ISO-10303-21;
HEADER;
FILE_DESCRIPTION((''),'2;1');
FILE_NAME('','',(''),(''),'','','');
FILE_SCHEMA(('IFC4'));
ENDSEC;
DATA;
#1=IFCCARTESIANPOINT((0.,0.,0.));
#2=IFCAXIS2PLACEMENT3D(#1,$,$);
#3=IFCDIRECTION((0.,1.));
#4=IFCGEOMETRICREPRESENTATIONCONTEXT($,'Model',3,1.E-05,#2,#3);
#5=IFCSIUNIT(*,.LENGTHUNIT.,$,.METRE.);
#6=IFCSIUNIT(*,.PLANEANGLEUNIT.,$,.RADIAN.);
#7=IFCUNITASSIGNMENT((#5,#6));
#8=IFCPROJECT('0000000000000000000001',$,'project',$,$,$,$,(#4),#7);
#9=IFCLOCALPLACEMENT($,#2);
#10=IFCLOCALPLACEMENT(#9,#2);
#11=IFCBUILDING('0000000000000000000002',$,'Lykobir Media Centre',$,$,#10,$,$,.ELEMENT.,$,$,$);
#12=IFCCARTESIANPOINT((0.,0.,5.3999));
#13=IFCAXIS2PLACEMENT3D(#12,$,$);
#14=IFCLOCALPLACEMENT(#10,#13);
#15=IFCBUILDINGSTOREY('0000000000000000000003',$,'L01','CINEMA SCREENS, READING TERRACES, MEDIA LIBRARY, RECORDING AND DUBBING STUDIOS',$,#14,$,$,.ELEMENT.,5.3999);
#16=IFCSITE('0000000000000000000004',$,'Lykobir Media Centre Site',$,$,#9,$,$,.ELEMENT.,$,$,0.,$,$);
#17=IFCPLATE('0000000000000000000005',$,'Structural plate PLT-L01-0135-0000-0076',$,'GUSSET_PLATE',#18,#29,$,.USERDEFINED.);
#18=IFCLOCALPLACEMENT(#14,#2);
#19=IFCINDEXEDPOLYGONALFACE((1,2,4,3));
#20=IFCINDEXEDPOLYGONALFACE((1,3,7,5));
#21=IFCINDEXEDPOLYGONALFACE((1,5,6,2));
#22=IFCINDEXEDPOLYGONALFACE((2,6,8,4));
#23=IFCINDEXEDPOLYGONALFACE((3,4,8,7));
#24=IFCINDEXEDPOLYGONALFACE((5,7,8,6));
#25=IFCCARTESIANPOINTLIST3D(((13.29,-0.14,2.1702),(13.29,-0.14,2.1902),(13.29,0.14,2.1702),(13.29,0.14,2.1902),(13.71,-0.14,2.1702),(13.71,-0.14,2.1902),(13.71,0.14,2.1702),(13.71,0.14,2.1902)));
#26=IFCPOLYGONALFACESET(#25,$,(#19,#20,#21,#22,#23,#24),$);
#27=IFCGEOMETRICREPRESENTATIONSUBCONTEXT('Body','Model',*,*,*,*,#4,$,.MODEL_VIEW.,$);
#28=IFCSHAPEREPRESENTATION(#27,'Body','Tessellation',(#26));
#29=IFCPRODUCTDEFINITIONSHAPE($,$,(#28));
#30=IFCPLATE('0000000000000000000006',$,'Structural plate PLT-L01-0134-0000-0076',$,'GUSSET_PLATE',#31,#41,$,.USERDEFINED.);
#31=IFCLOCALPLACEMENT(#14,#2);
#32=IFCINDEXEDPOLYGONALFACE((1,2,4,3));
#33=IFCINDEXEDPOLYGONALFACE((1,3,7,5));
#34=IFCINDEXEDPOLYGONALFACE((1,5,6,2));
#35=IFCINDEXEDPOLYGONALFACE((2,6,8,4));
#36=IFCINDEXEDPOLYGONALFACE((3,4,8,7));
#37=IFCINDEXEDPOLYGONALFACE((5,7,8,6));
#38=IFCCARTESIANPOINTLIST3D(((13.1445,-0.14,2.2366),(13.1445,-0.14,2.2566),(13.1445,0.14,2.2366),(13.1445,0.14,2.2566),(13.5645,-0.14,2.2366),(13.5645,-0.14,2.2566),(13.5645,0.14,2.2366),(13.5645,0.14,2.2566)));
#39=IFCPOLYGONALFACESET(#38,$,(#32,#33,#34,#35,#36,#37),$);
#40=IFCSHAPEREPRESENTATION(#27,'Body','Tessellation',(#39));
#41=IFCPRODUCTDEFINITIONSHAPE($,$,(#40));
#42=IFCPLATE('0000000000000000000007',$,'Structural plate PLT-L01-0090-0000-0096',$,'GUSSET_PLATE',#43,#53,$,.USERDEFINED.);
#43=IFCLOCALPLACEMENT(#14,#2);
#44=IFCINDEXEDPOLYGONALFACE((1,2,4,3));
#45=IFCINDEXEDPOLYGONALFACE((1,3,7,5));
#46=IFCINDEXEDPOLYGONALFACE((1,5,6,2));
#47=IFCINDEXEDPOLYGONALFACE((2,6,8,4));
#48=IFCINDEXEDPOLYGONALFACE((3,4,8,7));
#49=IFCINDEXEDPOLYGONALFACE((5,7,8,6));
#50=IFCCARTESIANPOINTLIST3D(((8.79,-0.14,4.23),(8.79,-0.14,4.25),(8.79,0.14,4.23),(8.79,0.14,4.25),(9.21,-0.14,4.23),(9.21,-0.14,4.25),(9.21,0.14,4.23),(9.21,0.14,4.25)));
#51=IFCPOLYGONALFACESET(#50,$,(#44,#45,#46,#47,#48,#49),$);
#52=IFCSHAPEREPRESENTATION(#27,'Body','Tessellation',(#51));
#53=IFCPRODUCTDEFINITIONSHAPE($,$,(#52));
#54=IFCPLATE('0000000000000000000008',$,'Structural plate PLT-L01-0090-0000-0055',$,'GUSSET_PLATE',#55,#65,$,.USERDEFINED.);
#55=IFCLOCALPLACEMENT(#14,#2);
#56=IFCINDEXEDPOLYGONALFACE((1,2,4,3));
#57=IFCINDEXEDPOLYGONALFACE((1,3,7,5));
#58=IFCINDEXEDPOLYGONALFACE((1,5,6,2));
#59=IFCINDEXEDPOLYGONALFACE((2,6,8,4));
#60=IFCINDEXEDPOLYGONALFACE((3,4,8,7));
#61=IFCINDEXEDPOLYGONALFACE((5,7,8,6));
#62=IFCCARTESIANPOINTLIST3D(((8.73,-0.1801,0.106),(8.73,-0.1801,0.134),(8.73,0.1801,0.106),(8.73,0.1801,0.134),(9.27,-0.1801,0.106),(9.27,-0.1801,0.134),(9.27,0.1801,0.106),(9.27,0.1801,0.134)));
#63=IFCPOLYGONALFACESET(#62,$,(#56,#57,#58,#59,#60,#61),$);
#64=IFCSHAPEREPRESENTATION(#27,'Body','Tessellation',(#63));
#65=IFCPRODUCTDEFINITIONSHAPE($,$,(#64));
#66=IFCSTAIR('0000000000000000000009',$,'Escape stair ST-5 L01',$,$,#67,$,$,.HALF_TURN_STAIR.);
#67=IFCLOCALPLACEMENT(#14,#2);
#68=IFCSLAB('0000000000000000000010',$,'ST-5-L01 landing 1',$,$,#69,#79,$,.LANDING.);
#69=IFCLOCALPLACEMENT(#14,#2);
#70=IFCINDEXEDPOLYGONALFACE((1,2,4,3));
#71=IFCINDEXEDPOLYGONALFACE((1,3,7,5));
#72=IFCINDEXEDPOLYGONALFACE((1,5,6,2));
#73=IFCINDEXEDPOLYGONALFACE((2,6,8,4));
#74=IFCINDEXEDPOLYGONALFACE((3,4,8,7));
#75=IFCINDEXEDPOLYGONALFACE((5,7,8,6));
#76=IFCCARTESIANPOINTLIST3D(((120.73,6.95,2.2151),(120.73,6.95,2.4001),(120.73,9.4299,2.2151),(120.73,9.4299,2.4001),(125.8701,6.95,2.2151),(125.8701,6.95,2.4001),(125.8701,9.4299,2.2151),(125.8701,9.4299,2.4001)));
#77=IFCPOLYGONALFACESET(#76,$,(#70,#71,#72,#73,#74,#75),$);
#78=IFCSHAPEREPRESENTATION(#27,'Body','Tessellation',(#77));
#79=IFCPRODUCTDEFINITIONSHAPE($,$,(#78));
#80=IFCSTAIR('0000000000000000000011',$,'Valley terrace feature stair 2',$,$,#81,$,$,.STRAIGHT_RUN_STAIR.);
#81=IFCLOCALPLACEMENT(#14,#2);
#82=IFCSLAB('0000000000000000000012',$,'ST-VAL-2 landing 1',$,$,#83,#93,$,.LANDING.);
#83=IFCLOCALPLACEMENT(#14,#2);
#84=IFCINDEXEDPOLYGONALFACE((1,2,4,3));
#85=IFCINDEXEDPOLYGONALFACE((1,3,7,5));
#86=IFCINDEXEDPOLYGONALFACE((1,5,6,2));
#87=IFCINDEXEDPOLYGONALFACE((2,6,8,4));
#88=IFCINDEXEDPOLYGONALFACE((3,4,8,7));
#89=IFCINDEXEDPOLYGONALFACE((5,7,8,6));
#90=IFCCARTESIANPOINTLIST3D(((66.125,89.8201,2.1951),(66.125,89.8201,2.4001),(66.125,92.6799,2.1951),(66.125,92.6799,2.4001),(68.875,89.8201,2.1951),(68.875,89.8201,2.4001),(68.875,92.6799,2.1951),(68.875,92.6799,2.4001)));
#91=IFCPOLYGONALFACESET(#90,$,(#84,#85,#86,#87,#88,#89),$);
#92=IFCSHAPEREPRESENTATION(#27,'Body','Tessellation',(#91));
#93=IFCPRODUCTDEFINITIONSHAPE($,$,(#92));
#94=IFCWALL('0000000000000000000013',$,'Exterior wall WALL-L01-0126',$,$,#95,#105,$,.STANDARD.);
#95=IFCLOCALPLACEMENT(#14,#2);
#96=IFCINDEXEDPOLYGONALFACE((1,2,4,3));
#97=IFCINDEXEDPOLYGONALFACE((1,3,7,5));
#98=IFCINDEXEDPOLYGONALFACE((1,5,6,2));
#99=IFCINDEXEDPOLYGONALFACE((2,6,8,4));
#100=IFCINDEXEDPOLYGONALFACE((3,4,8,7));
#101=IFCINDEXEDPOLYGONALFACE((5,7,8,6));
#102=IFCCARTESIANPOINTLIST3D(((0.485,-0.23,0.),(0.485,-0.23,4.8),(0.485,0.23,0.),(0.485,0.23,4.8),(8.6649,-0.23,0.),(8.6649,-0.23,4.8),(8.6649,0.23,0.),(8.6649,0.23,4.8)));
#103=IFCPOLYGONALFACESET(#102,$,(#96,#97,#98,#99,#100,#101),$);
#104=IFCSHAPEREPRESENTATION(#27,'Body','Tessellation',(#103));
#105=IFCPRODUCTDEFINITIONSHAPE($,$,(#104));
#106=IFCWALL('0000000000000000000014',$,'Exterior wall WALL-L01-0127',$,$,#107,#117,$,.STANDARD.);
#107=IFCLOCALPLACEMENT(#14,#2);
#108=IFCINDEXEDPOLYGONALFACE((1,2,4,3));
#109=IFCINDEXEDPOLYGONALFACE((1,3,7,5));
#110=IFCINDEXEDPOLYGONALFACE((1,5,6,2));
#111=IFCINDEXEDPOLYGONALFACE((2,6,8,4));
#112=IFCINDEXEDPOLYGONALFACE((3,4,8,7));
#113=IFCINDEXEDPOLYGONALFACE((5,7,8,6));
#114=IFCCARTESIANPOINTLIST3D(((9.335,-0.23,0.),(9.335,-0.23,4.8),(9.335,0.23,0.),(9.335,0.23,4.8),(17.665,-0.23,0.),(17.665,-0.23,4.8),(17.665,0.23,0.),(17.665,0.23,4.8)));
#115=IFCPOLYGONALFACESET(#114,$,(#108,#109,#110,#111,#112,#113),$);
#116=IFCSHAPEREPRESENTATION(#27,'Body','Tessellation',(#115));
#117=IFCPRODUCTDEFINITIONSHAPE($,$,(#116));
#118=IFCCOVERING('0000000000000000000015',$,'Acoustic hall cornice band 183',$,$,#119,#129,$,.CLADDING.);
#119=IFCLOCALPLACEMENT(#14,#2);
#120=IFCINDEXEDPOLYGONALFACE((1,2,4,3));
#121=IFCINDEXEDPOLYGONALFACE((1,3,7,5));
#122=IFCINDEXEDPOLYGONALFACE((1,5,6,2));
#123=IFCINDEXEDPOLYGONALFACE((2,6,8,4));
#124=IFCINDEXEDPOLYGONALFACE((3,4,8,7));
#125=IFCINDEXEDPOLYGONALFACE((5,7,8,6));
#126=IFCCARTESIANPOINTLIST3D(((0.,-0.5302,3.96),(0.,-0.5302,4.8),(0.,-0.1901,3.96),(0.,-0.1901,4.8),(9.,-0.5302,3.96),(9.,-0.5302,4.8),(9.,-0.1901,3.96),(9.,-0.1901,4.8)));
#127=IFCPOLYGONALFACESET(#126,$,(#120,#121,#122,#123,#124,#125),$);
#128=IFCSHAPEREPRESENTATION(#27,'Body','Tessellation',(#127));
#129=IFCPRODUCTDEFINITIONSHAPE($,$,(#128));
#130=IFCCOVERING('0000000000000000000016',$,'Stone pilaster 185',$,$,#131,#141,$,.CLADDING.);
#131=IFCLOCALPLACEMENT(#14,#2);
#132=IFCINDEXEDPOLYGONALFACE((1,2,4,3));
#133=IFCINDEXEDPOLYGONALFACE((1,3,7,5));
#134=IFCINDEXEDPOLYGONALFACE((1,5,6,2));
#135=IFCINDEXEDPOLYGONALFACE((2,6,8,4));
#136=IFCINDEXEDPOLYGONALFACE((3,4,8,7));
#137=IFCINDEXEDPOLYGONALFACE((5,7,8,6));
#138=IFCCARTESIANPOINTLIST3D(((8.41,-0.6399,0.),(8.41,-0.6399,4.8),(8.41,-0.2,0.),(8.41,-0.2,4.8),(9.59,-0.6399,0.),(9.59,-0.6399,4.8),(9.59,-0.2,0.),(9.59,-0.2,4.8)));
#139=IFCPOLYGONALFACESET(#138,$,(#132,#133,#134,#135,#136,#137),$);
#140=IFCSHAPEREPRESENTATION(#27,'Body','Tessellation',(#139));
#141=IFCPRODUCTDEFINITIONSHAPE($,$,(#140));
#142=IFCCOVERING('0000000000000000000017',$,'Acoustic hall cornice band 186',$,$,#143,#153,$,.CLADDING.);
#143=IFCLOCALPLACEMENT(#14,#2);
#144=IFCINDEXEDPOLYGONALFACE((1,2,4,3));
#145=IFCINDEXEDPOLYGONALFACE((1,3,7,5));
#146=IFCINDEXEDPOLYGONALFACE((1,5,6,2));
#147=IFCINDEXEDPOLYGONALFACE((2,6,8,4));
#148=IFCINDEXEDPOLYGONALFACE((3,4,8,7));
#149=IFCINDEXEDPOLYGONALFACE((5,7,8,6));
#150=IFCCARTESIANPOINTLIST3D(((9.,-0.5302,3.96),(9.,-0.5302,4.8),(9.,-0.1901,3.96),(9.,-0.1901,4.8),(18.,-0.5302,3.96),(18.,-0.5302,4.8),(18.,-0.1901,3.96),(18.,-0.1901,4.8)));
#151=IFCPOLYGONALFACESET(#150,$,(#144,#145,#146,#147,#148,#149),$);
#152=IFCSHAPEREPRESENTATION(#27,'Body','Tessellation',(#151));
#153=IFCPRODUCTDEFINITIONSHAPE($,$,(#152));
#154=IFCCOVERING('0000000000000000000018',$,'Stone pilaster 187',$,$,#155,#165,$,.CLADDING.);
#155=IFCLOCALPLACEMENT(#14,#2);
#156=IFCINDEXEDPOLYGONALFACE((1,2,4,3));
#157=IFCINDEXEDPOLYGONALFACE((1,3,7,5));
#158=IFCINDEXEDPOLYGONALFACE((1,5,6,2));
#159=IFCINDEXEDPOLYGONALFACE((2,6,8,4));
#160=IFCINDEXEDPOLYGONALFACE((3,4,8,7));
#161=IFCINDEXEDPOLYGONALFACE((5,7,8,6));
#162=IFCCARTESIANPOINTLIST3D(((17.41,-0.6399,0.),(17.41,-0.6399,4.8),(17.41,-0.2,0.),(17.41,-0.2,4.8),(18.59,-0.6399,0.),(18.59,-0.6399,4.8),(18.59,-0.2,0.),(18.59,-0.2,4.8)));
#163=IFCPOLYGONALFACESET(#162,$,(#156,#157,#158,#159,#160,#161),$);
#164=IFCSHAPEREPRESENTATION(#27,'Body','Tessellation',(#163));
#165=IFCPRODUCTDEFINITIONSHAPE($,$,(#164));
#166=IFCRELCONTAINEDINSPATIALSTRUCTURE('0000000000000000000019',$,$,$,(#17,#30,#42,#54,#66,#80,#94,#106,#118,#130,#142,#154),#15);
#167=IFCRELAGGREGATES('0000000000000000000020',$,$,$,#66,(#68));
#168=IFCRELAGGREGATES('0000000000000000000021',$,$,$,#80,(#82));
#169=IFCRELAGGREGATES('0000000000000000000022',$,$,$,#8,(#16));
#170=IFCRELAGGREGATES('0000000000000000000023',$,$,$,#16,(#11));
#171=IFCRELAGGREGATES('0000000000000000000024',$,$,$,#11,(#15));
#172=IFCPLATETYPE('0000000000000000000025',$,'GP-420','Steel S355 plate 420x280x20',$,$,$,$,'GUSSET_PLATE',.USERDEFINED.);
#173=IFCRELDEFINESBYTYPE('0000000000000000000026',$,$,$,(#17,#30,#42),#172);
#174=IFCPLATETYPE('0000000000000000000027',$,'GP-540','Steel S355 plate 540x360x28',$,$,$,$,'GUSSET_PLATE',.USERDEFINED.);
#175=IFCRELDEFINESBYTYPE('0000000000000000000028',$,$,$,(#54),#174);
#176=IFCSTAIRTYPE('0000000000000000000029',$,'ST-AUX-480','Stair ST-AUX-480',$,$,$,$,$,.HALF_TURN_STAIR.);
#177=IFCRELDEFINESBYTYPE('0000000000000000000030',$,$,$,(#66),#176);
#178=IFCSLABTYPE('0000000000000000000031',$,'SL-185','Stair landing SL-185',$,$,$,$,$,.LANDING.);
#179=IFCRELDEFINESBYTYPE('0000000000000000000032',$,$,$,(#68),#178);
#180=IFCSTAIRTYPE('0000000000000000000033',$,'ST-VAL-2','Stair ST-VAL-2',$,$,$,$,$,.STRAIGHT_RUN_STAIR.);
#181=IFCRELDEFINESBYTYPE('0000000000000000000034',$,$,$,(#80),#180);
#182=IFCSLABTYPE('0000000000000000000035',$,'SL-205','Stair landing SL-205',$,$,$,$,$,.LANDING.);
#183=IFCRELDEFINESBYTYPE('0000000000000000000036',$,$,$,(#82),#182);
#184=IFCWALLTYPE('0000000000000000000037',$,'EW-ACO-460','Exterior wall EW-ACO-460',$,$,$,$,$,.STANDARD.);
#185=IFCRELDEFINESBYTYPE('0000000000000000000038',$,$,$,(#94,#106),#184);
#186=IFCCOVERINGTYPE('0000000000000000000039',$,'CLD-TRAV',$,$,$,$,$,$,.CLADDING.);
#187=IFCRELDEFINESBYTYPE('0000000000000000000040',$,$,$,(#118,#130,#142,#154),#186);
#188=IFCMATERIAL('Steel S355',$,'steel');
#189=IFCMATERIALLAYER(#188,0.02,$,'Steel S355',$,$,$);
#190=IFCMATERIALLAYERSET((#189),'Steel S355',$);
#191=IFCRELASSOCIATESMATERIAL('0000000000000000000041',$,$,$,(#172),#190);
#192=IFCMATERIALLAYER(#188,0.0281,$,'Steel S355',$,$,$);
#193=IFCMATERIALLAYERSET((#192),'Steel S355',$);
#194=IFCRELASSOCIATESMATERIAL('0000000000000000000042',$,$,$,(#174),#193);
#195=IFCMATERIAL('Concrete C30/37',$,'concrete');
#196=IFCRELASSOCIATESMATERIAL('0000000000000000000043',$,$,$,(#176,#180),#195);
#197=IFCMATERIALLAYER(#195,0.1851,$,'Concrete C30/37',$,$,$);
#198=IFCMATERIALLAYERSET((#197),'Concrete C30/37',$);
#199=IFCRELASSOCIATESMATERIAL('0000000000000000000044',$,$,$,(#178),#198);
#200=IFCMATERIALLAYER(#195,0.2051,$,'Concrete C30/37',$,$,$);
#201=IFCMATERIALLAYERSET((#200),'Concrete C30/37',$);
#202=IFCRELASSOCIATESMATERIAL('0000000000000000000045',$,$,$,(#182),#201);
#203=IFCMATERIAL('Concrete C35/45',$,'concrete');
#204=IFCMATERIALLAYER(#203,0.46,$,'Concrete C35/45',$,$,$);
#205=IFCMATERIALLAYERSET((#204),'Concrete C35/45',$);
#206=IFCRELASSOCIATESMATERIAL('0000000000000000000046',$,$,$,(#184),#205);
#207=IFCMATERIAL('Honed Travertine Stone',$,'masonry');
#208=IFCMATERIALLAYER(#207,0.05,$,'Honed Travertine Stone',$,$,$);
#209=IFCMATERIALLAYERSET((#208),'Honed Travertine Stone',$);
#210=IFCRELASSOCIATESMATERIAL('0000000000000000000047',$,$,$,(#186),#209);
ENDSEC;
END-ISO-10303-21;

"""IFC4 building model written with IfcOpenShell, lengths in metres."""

from ifc_helpers import new_model, si_unit, direction, frame, frame_2d, origin, origin_2d, place, context, subcontext, project, spatial, polyline, rectangle, outline, extrude, material, layer, layer_set, type_object, element, aggregate, save


model = new_model("IFC4")

# Units and contexts
model_context = context("Model", 3, precision=1e-05, world=origin(), true_north=direction((0.0, 1.0)))
body_context = subcontext(model_context, "Body", "Model", "MODEL_VIEW")
ifc_project = project(units=[si_unit("LENGTHUNIT", "METRE"), si_unit("PLANEANGLEUNIT", "RADIAN")], contexts=[model_context])

# Site, building, storey
site_placement = place(None, origin())
site = spatial("IfcSite", under=ifc_project, at=site_placement, Name="Lykobir Media Centre Site", CompositionType="ELEMENT", RefElevation=0.0)
building_placement = place(site_placement, origin())
building = spatial("IfcBuilding", under=site, at=building_placement, Name="Lykobir Media Centre", CompositionType="ELEMENT")
storey_placement = place(building_placement, frame((0.0, 0.0, 5.3999)))
storey = spatial("IfcBuildingStorey", under=building, at=storey_placement, Name="L01", Description="CINEMA SCREENS, READING TERRACES, MEDIA LIBRARY, RECORDING AND DUBBING STUDIOS", CompositionType="ELEMENT", Elevation=5.3999)

# Shared definitions
ifc_material_1 = material(Name="Honed Travertine Stone", Category="masonry")

# Shared definitions
ifc_material_2 = material(Name="Steel S355", Category="steel")

# Plates
ifc_layer_1 = layer(ifc_material_2, 0.02, Name="Steel S355")
ifc_layer_set_1 = layer_set([ifc_layer_1], Name="Steel S355")
plate_type_1 = type_object("IfcPlateType", Name="GP-420", Description="Steel S355 plate 420x280x20", ElementType="GUSSET_PLATE", PredefinedType="USERDEFINED", material=ifc_layer_set_1)
for number, where, z_axis, x_axis, name in (
    (1, (13.5, 0.0, 2.1702), (0.0, 0.0, 1.0), (1.0, 0.0, 0.0), "Structural plate PLT-L01-0135-0000-0076"),
    (2, (13.3545, 0.0, 2.2366), (0.0, 0.0, 1.0), (1.0, 0.0, 0.0), "Structural plate PLT-L01-0134-0000-0076"),
    (3, (9.0, 0.0, 4.23), (0.0, 0.0, 1.0), (1.0, 0.0, 0.0), "Structural plate PLT-L01-0090-0000-0096"),
):
    element("IfcPlate", number, at=place(storey_placement, frame(where, z_axis=z_axis, x_axis=x_axis)), inside=storey, type_object=plate_type_1, Name=name, ObjectType="GUSSET_PLATE", PredefinedType="USERDEFINED", context=body_context, shape_type="SweptSolid", body=[
        extrude(rectangle(XDim=0.4199, YDim=0.28, at=origin_2d()), origin(), (0.0, 0.0, 1.0), 0.02),
    ])
ifc_layer_2 = layer(ifc_material_2, 0.0281, Name="Steel S355")
ifc_layer_set_2 = layer_set([ifc_layer_2], Name="Steel S355")
plate_type_2 = type_object("IfcPlateType", Name="GP-540", Description="Steel S355 plate 540x360x28", ElementType="GUSSET_PLATE", PredefinedType="USERDEFINED", material=ifc_layer_set_2)
plate_1_placement = place(storey_placement, frame((9.0, 0.0, 0.106), z_axis=(0.0, 0.0, 1.0), x_axis=(1.0, 0.0, 0.0)))
element("IfcPlate", 4, at=plate_1_placement, inside=storey, type_object=plate_type_2, Name="Structural plate PLT-L01-0090-0000-0055", ObjectType="GUSSET_PLATE", PredefinedType="USERDEFINED", context=body_context, shape_type="SweptSolid", body=[
    extrude(rectangle(XDim=0.54, YDim=0.3601, at=origin_2d()), origin(), (0.0, 0.0, 1.0), 0.0281),
])

# Stairs, slabs
ifc_material_3 = material(Name="Concrete C30/37", Category="concrete")
stair_type_1 = type_object("IfcStairType", Name="ST-AUX-480", Description="Stair ST-AUX-480", PredefinedType="HALF_TURN_STAIR", material=ifc_material_3)
stair_1_placement = place(storey_placement, origin())
stair_1 = element("IfcStair", 5, at=stair_1_placement, inside=storey, type_object=stair_type_1, Name="Escape stair ST-5 L01", PredefinedType="HALF_TURN_STAIR")
ifc_layer_3 = layer(ifc_material_3, 0.1851, Name="Concrete C30/37")
ifc_layer_set_3 = layer_set([ifc_layer_3], Name="Concrete C30/37")
slab_type_1 = type_object("IfcSlabType", Name="SL-185", Description="Stair landing SL-185", PredefinedType="LANDING", material=ifc_layer_set_3)
slab_1_placement = place(storey_placement, frame((0.0, 0.0, 2.2151)))
slab_1 = element("IfcSlab", 6, at=slab_1_placement, type_object=slab_type_1, Name="ST-5-L01 landing 1", PredefinedType="LANDING", context=body_context, shape_type="SweptSolid", body=[
    extrude(outline(polyline([(120.73, 6.95), (125.8701, 6.95), (125.8701, 9.4299), (120.73, 9.4299), (120.73, 6.95)])), origin(), (0.0, 0.0, 1.0), 0.1851),
])
aggregate(stair_1, [slab_1])
stair_type_2 = type_object("IfcStairType", Name="ST-VAL-2", Description="Stair ST-VAL-2", PredefinedType="STRAIGHT_RUN_STAIR", material=ifc_material_3)
stair_2_placement = place(storey_placement, origin())
stair_2 = element("IfcStair", 7, at=stair_2_placement, inside=storey, type_object=stair_type_2, Name="Valley terrace feature stair 2", PredefinedType="STRAIGHT_RUN_STAIR")
ifc_layer_4 = layer(ifc_material_3, 0.2051, Name="Concrete C30/37")
ifc_layer_set_4 = layer_set([ifc_layer_4], Name="Concrete C30/37")
slab_type_2 = type_object("IfcSlabType", Name="SL-205", Description="Stair landing SL-205", PredefinedType="LANDING", material=ifc_layer_set_4)
slab_2_placement = place(storey_placement, frame((0.0, 0.0, 2.1951)))
slab_2 = element("IfcSlab", 8, at=slab_2_placement, type_object=slab_type_2, Name="ST-VAL-2 landing 1", PredefinedType="LANDING", context=body_context, shape_type="SweptSolid", body=[
    extrude(outline(polyline([(66.125, 89.8201), (68.875, 89.8201), (68.875, 92.6799), (66.125, 92.6799), (66.125, 89.8201)])), origin(), (0.0, 0.0, 1.0), 0.2051),
])
aggregate(stair_2, [slab_2])

# Walls
ifc_material_4 = material(Name="Concrete C35/45", Category="concrete")
ifc_layer_5 = layer(ifc_material_4, 0.46, Name="Concrete C35/45")
ifc_layer_set_5 = layer_set([ifc_layer_5], Name="Concrete C35/45")
wall_type = type_object("IfcWallType", Name="EW-ACO-460", Description="Exterior wall EW-ACO-460", PredefinedType="STANDARD", material=ifc_layer_set_5)
wall_1_placement = place(storey_placement, frame((0.4851, 0.0, 0.0), z_axis=(0.0, 0.0, 1.0), x_axis=(1.0, 0.0, 0.0)))
element("IfcWall", 9, at=wall_1_placement, inside=storey, type_object=wall_type, Name="Exterior wall WALL-L01-0126", PredefinedType="STANDARD", context=body_context, shape_type="SweptSolid", body=[
    extrude(rectangle(XDim=8.1799, YDim=0.46, at=frame_2d((4.0898, 0.0))), origin(), (0.0, 0.0, 1.0), 4.8),
])
wall_2_placement = place(storey_placement, frame((9.335, 0.0, 0.0), z_axis=(0.0, 0.0, 1.0), x_axis=(1.0, 0.0, 0.0)))
element("IfcWall", 10, at=wall_2_placement, inside=storey, type_object=wall_type, Name="Exterior wall WALL-L01-0127", PredefinedType="STANDARD", context=body_context, shape_type="SweptSolid", body=[
    extrude(rectangle(XDim=8.3301, YDim=0.46, at=frame_2d((4.165, 0.0))), origin(), (0.0, 0.0, 1.0), 4.8),
])

# Coverings
ifc_layer_6 = layer(ifc_material_1, 0.05, Name="Honed Travertine Stone")
ifc_layer_set_6 = layer_set([ifc_layer_6], Name="Honed Travertine Stone")
covering_type = type_object("IfcCoveringType", Name="CLD-TRAV", PredefinedType="CLADDING", material=ifc_layer_set_6)
covering_1_placement = place(storey_placement, frame((4.5, -0.3601, 3.96), z_axis=(0.0, 0.0, 1.0), x_axis=(1.0, 0.0, 0.0)))
element("IfcCovering", 11, at=covering_1_placement, inside=storey, type_object=covering_type, Name="Acoustic hall cornice band 183", PredefinedType="CLADDING", context=body_context, shape_type="SweptSolid", body=[
    extrude(rectangle(XDim=9.0, YDim=0.3401, at=origin_2d()), origin(), (0.0, 0.0, 1.0), 0.8401),
])
covering_2_placement = place(storey_placement, frame((9.0, -0.4199, 0.0), z_axis=(0.0, 0.0, 1.0), x_axis=(1.0, 0.0, 0.0)))
element("IfcCovering", 12, at=covering_2_placement, inside=storey, type_object=covering_type, Name="Stone pilaster 185", PredefinedType="CLADDING", context=body_context, shape_type="SweptSolid", body=[
    extrude(rectangle(XDim=1.1799, YDim=0.4399, at=origin_2d()), origin(), (0.0, 0.0, 1.0), 4.8),
])
covering_3_placement = place(storey_placement, frame((13.5, -0.3601, 3.96), z_axis=(0.0, 0.0, 1.0), x_axis=(1.0, 0.0, 0.0)))
element("IfcCovering", 13, at=covering_3_placement, inside=storey, type_object=covering_type, Name="Acoustic hall cornice band 186", PredefinedType="CLADDING", context=body_context, shape_type="SweptSolid", body=[
    extrude(rectangle(XDim=9.0, YDim=0.3401, at=origin_2d()), origin(), (0.0, 0.0, 1.0), 0.8401),
])
covering_4_placement = place(storey_placement, frame((18.0, -0.4199, 0.0), z_axis=(0.0, 0.0, 1.0), x_axis=(1.0, 0.0, 0.0)))
element("IfcCovering", 14, at=covering_4_placement, inside=storey, type_object=covering_type, Name="Stone pilaster 187", PredefinedType="CLADDING", context=body_context, shape_type="SweptSolid", body=[
    extrude(rectangle(XDim=1.1799, YDim=0.4399, at=origin_2d()), origin(), (0.0, 0.0, 1.0), 4.8),
])

save(model, "model.ifc")
